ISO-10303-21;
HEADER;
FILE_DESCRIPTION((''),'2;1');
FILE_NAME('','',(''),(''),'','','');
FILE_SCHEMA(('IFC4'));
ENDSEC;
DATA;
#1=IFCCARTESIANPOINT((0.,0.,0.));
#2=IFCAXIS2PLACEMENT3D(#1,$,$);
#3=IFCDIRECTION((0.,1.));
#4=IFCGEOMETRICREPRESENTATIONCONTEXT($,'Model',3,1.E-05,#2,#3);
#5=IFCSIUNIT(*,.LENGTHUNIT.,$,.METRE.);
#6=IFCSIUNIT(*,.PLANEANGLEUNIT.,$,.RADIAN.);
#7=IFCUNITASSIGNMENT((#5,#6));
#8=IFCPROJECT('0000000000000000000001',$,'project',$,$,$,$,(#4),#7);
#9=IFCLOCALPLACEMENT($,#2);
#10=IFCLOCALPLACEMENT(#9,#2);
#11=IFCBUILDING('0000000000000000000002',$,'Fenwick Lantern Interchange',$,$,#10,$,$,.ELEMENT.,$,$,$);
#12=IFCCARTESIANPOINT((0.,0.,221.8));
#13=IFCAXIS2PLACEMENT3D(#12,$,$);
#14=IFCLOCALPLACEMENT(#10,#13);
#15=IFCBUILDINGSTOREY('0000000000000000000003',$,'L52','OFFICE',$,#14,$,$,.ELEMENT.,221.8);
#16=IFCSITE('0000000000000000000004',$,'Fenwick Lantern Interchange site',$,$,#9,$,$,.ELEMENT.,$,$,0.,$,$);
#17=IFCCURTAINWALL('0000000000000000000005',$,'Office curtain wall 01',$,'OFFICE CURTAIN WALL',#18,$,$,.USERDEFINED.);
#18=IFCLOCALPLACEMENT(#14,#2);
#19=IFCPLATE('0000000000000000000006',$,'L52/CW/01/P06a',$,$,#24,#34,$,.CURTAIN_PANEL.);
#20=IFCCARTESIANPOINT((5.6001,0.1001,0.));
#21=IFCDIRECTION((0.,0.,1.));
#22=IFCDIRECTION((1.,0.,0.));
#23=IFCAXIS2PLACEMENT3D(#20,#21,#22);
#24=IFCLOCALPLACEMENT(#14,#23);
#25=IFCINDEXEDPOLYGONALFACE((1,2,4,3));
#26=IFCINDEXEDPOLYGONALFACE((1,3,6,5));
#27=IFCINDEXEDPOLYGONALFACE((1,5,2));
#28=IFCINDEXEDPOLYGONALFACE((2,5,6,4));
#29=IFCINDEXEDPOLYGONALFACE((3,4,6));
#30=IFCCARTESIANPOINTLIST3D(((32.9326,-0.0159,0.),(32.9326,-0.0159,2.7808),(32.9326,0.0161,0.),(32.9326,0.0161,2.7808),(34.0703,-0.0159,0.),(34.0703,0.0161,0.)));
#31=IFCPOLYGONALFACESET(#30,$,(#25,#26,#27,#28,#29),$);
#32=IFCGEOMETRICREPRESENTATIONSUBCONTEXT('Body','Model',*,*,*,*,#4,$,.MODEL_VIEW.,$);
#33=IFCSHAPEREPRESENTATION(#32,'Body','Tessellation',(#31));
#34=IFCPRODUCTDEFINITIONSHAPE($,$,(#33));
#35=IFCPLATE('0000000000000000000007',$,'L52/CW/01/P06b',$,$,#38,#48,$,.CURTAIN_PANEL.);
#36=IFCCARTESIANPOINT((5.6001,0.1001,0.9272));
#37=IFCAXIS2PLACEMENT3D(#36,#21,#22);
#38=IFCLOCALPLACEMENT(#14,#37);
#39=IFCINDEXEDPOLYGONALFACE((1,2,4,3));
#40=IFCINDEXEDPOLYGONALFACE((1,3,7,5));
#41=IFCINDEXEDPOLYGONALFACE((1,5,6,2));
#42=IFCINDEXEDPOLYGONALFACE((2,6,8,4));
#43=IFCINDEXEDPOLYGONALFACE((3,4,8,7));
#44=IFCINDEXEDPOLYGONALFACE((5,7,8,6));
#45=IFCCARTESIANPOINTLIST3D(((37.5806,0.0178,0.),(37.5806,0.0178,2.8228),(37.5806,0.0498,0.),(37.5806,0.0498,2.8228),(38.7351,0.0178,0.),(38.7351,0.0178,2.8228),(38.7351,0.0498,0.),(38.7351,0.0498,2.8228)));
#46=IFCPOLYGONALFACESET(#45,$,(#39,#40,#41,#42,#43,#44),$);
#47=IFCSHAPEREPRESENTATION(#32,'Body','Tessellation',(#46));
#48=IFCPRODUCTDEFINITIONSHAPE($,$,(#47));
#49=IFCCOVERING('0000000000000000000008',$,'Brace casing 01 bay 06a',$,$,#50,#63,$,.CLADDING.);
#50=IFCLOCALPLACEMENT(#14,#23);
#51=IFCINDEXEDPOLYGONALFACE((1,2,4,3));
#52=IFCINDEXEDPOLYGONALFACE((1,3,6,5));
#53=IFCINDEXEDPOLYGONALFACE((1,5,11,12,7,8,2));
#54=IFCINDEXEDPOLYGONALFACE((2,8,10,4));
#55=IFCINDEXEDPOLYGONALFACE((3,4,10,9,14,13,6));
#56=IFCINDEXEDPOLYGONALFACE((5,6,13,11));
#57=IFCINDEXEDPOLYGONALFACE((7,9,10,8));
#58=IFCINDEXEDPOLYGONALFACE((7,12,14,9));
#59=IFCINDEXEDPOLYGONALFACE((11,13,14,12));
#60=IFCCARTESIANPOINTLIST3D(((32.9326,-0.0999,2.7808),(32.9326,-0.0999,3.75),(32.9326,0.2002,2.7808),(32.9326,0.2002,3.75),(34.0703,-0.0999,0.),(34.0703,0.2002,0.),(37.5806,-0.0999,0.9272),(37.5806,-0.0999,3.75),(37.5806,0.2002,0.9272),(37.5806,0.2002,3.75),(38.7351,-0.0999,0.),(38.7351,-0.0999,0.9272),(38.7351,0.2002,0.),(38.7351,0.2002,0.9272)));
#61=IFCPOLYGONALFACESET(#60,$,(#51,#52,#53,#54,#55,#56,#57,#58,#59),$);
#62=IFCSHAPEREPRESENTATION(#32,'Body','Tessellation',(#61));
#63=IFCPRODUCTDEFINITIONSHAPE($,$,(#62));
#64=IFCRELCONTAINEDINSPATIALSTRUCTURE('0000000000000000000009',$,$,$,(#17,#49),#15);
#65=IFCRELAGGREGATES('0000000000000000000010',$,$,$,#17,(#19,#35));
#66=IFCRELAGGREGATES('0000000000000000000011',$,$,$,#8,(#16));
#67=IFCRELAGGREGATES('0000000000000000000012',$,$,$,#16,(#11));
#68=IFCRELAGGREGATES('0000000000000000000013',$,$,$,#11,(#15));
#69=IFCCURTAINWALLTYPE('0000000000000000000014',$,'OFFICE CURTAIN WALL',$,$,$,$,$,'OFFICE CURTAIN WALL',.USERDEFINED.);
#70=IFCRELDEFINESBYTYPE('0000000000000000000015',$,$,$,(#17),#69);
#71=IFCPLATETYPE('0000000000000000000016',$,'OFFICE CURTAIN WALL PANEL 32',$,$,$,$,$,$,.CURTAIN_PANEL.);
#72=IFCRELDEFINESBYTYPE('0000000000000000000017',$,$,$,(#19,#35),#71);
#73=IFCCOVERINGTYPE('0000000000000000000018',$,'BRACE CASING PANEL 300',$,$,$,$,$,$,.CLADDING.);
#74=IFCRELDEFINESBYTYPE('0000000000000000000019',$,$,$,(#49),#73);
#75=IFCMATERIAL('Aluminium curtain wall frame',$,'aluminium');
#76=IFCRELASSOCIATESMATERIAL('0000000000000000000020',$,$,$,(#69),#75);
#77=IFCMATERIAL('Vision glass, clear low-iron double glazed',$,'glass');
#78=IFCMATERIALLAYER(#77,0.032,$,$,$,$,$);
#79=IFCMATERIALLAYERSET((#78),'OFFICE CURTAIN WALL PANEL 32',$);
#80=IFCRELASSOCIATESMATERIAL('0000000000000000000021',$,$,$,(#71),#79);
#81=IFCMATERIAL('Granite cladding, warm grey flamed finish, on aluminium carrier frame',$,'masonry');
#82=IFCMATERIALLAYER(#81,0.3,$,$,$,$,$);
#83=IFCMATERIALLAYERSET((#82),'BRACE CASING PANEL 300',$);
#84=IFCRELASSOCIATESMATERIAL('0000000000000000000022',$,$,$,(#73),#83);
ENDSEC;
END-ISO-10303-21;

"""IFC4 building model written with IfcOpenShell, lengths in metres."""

from ifc_helpers import new_model, si_unit, direction, frame, origin, place, context, subcontext, project, spatial, polyline, outline, extrude, material, layer, layer_set, type_object, element, aggregate, save


model = new_model("IFC4")

# Units and contexts
model_context = context("Model", 3, precision=1e-05, world=origin(), true_north=direction((0.0, 1.0)))
body_context = subcontext(model_context, "Body", "Model", "MODEL_VIEW")
ifc_project = project(units=[si_unit("LENGTHUNIT", "METRE"), si_unit("PLANEANGLEUNIT", "RADIAN")], contexts=[model_context])

# Site, building, storey
site_placement = place(None, origin())
site = spatial("IfcSite", under=ifc_project, at=site_placement, Name="Fenwick Lantern Interchange site", CompositionType="ELEMENT", RefElevation=0.0)
building_placement = place(site_placement, origin())
building = spatial("IfcBuilding", under=site, at=building_placement, Name="Fenwick Lantern Interchange", CompositionType="ELEMENT")
storey_placement = place(building_placement, frame((0.0, 0.0, 221.8)))
storey = spatial("IfcBuildingStorey", under=building, at=storey_placement, Name="L52", Description="OFFICE", CompositionType="ELEMENT", Elevation=221.8)

# Curtain wall
ifc_material_1 = material(Name="Aluminium curtain wall frame", Category="aluminium")
curtain_wall_type = type_object("IfcCurtainWallType", Name="OFFICE CURTAIN WALL", ElementType="OFFICE CURTAIN WALL", PredefinedType="USERDEFINED", material=ifc_material_1)
curtain_wall_1_placement = place(storey_placement, origin())
curtain_wall_1 = element("IfcCurtainWall", 1, at=curtain_wall_1_placement, inside=storey, type_object=curtain_wall_type, Name="Office curtain wall 01", ObjectType="OFFICE CURTAIN WALL", PredefinedType="USERDEFINED")

# Plates
ifc_material_2 = material(Name="Vision glass, clear low-iron double glazed", Category="glass")
ifc_layer_1 = layer(ifc_material_2, 0.032)
ifc_layer_set_1 = layer_set([ifc_layer_1], Name="OFFICE CURTAIN WALL PANEL 32")
plate_type = type_object("IfcPlateType", Name="OFFICE CURTAIN WALL PANEL 32", PredefinedType="CURTAIN_PANEL", material=ifc_layer_set_1)
plate_1_placement = place(storey_placement, frame((5.6001, 0.1001, 0.0), z_axis=(0.0, 0.0, 1.0), x_axis=(1.0, 0.0, 0.0)))
plate_1 = element("IfcPlate", 2, at=plate_1_placement, type_object=plate_type, Name="L52/CW/01/P06a", PredefinedType="CURTAIN_PANEL", context=body_context, shape_type="SweptSolid", body=[
    extrude(outline(polyline([(32.9326, 0.0), (34.0703, 0.0), (32.9326, 2.7808), (32.9326, 0.0)])), frame((0.0, 0.0161, 0.0), z_axis=(0.0, -1.0, 0.0), x_axis=(1.0, 0.0, 0.0)), (0.0, 0.0, 1.0), 0.032),
])
plate_2_placement = place(storey_placement, frame((5.6001, 0.1001, 0.9272), z_axis=(0.0, 0.0, 1.0), x_axis=(1.0, 0.0, 0.0)))
plate_2 = element("IfcPlate", 3, at=plate_2_placement, type_object=plate_type, Name="L52/CW/01/P06b", PredefinedType="CURTAIN_PANEL", context=body_context, shape_type="SweptSolid", body=[
    extrude(outline(polyline([(37.5806, 0.0), (38.7351, 0.0), (38.7351, 2.8228), (37.5806, 2.8228), (37.5806, 0.0)])), frame((0.0, 0.0498, 0.0), z_axis=(0.0, -1.0, 0.0), x_axis=(1.0, 0.0, 0.0)), (0.0, 0.0, 1.0), 0.032),
])
aggregate(curtain_wall_1, [plate_1, plate_2])

# Covering
ifc_material_3 = material(Name="Granite cladding, warm grey flamed finish, on aluminium carrier frame", Category="masonry")
ifc_layer_2 = layer(ifc_material_3, 0.3)
ifc_layer_set_2 = layer_set([ifc_layer_2], Name="BRACE CASING PANEL 300")
covering_type = type_object("IfcCoveringType", Name="BRACE CASING PANEL 300", PredefinedType="CLADDING", material=ifc_layer_set_2)
covering_placement = place(storey_placement, frame((5.6001, 0.1001, 0.0), z_axis=(0.0, 0.0, 1.0), x_axis=(1.0, 0.0, 0.0)))
element("IfcCovering", 4, at=covering_placement, inside=storey, type_object=covering_type, Name="Brace casing 01 bay 06a", PredefinedType="CLADDING", context=body_context, shape_type="SweptSolid", body=[
    extrude(outline(polyline([(34.0703, 0.0), (38.7351, 0.0), (38.7351, 0.9272), (37.5806, 0.9272), (37.5806, 3.75), (32.9326, 3.75), (32.9326, 2.7808), (34.0703, 0.0)])), frame((0.0, 0.2002, 0.0), z_axis=(0.0, -1.0, 0.0), x_axis=(1.0, 0.0, 0.0)), (0.0, 0.0, 1.0), 0.3),
])

save(model, "model.ifc")
